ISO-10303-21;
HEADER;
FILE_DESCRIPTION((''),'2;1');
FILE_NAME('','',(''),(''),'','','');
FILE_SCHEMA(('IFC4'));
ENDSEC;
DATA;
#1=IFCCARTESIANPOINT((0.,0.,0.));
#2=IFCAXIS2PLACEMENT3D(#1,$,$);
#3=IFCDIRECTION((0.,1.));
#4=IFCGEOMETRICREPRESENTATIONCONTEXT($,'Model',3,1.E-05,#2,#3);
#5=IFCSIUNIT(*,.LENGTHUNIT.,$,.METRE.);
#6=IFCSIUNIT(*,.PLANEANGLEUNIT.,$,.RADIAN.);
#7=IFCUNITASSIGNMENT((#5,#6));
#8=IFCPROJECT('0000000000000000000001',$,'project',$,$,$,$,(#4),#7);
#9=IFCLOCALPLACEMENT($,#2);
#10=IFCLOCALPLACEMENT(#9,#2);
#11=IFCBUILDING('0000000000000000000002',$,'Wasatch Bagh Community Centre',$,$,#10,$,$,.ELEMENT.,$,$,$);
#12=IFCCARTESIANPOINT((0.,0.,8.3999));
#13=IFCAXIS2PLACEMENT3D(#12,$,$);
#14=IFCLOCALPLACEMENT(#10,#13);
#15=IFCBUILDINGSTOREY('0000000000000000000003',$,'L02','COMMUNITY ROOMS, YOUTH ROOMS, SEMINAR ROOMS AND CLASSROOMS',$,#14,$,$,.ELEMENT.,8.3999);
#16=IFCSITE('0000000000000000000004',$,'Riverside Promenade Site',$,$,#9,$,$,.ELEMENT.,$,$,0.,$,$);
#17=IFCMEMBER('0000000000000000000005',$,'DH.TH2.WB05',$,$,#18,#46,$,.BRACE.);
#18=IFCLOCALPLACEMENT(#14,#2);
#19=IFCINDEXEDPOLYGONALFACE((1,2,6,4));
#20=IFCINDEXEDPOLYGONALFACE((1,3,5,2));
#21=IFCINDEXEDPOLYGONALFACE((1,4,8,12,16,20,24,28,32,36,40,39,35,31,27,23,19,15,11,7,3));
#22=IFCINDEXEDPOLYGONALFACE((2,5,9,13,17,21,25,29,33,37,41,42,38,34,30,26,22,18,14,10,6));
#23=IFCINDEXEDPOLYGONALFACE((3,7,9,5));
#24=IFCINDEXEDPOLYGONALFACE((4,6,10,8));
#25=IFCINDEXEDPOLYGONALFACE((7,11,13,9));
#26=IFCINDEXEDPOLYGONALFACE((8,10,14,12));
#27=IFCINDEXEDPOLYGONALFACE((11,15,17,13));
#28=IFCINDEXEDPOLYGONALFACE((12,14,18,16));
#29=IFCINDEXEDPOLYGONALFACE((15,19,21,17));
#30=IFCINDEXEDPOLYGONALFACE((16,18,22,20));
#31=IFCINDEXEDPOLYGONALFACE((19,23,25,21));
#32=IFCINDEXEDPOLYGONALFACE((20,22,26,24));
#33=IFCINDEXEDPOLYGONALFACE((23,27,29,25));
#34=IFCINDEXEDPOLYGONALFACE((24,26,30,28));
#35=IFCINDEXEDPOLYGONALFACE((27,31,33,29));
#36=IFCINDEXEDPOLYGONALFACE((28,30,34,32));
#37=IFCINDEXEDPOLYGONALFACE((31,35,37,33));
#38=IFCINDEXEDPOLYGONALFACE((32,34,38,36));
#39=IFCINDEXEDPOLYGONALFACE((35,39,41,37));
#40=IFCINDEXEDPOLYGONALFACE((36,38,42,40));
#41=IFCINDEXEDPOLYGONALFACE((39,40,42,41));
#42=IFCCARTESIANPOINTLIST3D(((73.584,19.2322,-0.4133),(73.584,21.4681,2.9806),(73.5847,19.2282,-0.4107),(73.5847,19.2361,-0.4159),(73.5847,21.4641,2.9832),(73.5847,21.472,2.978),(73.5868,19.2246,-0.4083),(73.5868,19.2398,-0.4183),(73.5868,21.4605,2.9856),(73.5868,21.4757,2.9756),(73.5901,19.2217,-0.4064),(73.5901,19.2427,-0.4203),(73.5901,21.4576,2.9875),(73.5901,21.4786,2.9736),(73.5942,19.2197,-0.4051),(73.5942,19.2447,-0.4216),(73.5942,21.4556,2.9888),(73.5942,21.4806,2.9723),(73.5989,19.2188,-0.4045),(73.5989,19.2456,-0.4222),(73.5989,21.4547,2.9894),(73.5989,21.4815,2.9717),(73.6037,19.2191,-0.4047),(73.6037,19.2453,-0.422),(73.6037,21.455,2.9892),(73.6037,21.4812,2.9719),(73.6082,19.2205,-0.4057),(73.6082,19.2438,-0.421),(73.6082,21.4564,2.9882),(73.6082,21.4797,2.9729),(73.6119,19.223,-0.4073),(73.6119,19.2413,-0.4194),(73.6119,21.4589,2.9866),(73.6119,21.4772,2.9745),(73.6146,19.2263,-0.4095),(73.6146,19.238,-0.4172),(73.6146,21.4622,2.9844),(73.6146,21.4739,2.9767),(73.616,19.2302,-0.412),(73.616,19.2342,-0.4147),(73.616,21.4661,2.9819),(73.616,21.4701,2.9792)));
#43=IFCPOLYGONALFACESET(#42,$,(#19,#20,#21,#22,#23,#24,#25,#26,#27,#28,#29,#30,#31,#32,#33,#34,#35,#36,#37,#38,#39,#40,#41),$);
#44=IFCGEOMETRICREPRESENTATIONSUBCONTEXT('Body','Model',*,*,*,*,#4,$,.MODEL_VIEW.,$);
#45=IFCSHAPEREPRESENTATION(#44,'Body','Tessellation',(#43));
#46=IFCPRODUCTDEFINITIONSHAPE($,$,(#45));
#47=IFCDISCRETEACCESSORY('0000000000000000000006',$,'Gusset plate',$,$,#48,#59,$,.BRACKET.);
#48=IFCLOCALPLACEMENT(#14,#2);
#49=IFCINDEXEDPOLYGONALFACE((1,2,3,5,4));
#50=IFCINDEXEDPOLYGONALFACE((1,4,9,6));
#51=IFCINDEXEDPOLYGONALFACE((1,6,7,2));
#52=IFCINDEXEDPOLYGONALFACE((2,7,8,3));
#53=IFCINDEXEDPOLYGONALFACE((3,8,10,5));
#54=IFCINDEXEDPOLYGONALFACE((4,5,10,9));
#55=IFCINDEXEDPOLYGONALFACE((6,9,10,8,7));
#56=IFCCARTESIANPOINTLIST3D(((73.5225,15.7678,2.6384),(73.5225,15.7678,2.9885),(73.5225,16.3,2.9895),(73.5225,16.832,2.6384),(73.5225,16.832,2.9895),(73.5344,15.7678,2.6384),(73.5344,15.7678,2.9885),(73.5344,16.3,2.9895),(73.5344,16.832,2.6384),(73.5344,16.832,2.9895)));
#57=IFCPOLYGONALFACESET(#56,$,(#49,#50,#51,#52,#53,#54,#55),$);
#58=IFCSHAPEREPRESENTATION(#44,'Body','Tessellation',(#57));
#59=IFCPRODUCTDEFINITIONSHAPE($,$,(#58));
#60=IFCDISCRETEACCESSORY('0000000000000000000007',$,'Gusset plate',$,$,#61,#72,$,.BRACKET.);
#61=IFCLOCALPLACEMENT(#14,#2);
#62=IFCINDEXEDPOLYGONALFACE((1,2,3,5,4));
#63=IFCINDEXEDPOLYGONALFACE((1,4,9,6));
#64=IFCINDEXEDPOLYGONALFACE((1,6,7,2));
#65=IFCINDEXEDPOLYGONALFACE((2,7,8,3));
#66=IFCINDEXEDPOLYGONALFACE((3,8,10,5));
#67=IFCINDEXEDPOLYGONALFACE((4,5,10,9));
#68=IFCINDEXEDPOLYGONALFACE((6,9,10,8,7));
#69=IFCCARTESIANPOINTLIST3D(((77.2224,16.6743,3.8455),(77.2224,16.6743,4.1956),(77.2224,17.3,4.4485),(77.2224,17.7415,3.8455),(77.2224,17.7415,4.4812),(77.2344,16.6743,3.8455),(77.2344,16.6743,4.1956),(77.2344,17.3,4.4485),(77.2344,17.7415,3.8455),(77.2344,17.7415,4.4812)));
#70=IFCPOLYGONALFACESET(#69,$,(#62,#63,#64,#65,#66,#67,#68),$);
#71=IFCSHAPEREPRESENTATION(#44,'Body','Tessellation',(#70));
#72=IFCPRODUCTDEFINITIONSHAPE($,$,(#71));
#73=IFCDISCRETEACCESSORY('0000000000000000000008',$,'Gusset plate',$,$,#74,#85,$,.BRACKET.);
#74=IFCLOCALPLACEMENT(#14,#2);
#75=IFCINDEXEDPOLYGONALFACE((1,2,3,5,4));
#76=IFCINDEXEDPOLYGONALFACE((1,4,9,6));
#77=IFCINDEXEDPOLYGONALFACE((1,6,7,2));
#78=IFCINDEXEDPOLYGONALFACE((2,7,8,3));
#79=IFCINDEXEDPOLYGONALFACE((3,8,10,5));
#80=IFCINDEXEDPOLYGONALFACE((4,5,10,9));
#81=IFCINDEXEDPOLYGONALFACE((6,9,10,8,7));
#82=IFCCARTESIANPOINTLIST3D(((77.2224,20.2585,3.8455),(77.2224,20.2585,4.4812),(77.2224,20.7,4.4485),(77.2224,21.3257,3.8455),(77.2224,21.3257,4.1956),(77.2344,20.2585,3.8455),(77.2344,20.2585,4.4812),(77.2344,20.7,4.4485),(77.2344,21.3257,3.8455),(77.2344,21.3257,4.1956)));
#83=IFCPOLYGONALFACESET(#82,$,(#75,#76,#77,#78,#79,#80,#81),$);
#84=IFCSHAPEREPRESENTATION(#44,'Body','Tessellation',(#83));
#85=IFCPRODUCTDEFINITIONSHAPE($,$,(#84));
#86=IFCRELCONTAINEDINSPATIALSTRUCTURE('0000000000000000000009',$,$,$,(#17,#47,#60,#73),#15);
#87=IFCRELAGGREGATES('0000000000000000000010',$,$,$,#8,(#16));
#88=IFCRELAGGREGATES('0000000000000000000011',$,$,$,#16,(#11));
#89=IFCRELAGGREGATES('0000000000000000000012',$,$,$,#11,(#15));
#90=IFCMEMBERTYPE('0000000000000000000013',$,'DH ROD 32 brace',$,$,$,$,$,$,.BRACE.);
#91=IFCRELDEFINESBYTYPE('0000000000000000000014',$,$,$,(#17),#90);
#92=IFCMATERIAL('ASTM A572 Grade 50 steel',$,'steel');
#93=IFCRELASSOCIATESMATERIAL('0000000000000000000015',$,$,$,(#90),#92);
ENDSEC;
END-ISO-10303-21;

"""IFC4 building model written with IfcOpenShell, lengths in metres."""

from ifc_helpers import new_model, si_unit, direction, frame, origin, origin_2d, place, context, subcontext, project, spatial, polyline, circle, outline, extrude, material, material_profile, profile_set, type_object, element, save


model = new_model("IFC4")

# Units and contexts
model_context = context("Model", 3, precision=1e-05, world=origin(), true_north=direction((0.0, 1.0)))
body_context = subcontext(model_context, "Body", "Model", "MODEL_VIEW")
ifc_project = project(units=[si_unit("LENGTHUNIT", "METRE"), si_unit("PLANEANGLEUNIT", "RADIAN")], contexts=[model_context])

# Site, building, storey
site_placement = place(None, origin())
site = spatial("IfcSite", under=ifc_project, at=site_placement, Name="Riverside Promenade Site", CompositionType="ELEMENT", RefElevation=0.0)
building_placement = place(site_placement, origin())
building = spatial("IfcBuilding", under=site, at=building_placement, Name="Wasatch Bagh Community Centre", CompositionType="ELEMENT")
storey_placement = place(building_placement, frame((0.0, 0.0, 8.3999)))
storey = spatial("IfcBuildingStorey", under=building, at=storey_placement, Name="L02", Description="COMMUNITY ROOMS, YOUTH ROOMS, SEMINAR ROOMS AND CLASSROOMS", CompositionType="ELEMENT", Elevation=8.3999)

# Member
ifc_material_1 = material(Name="ASTM A572 Grade 50 steel", Category="steel")
ifc_material_profile_1 = material_profile(ifc_material_1, circle(Radius=0.0161, at=origin_2d()), Name="ROD 32")
ifc_profile_set_1 = profile_set([ifc_material_profile_1], Name="ASTM A572 Grade 50 steel")
member_type_1 = type_object("IfcMemberType", Name="DH ROD 32 brace", PredefinedType="BRACE", material=ifc_profile_set_1)
for number, where, z_axis, x_axis, name in (
    (1, (73.6001, 19.2322, -0.4133), (0.0, 0.550145, 0.835069), (-1.0, 0.0, 0.0), "DH.TH2.WB05"),
):
    element("IfcMember", number, at=place(storey_placement, frame(where, z_axis=z_axis, x_axis=x_axis)), inside=storey, type_object=member_type_1, Name=name, PredefinedType="BRACE", context=body_context, shape_type="SweptSolid", body=[
        extrude(circle(Radius=0.0161, at=origin_2d()), origin(), (0.0, 0.0, 1.0), 4.0642),
    ])

# Discrete accessories
discrete_accessory_1_placement = place(storey_placement, frame((73.5225, 15.7678, 2.9885), z_axis=(-1.0, 0.0, 0.0), x_axis=(0.0, 0.999998, 0.001835)))
element("IfcDiscreteAccessory", 2, at=discrete_accessory_1_placement, inside=storey, Name="Gusset plate", PredefinedType="BRACKET", context=body_context, shape_type="SweptSolid", body=[
    extrude(outline(polyline([(0.0, 0.0), (0.5322, 0.0), (1.0642, 0.001), (1.0636, 0.352), (-0.0006, 0.3501), (0.0, 0.0)])), origin(), (0.0, 0.0, -1.0), 0.012),
])
discrete_accessory_2_placement = place(storey_placement, frame((77.2224, 16.6743, 4.1956), z_axis=(-1.0, 0.0, 0.0), x_axis=(0.0, 0.927123, 0.374756)))
element("IfcDiscreteAccessory", 3, at=discrete_accessory_2_placement, inside=storey, Name="Gusset plate", PredefinedType="BRACKET", context=body_context, shape_type="SweptSolid", body=[
    extrude(outline(polyline([(0.0, 0.0), (0.6749, 0.0), (1.0964, 0.1351), (0.8582, 0.7245), (-0.1312, 0.3246), (0.0, 0.0)])), origin(), (0.0, 0.0, -1.0), 0.012),
])
discrete_accessory_3_placement = place(storey_placement, frame((77.2224, 20.2585, 4.4812), z_axis=(-1.0, 0.0, 0.0), x_axis=(0.0, 0.997265, -0.073912)))
element("IfcDiscreteAccessory", 4, at=discrete_accessory_3_placement, inside=storey, Name="Gusset plate", PredefinedType="BRACKET", context=body_context, shape_type="SweptSolid", body=[
    extrude(outline(polyline([(0.0, 0.0), (0.4426, 0.0), (1.0853, 0.206), (1.1112, 0.5551), (0.047, 0.634), (0.0, 0.0)])), origin(), (0.0, 0.0, -1.0), 0.012),
])

save(model, "model.ifc")
